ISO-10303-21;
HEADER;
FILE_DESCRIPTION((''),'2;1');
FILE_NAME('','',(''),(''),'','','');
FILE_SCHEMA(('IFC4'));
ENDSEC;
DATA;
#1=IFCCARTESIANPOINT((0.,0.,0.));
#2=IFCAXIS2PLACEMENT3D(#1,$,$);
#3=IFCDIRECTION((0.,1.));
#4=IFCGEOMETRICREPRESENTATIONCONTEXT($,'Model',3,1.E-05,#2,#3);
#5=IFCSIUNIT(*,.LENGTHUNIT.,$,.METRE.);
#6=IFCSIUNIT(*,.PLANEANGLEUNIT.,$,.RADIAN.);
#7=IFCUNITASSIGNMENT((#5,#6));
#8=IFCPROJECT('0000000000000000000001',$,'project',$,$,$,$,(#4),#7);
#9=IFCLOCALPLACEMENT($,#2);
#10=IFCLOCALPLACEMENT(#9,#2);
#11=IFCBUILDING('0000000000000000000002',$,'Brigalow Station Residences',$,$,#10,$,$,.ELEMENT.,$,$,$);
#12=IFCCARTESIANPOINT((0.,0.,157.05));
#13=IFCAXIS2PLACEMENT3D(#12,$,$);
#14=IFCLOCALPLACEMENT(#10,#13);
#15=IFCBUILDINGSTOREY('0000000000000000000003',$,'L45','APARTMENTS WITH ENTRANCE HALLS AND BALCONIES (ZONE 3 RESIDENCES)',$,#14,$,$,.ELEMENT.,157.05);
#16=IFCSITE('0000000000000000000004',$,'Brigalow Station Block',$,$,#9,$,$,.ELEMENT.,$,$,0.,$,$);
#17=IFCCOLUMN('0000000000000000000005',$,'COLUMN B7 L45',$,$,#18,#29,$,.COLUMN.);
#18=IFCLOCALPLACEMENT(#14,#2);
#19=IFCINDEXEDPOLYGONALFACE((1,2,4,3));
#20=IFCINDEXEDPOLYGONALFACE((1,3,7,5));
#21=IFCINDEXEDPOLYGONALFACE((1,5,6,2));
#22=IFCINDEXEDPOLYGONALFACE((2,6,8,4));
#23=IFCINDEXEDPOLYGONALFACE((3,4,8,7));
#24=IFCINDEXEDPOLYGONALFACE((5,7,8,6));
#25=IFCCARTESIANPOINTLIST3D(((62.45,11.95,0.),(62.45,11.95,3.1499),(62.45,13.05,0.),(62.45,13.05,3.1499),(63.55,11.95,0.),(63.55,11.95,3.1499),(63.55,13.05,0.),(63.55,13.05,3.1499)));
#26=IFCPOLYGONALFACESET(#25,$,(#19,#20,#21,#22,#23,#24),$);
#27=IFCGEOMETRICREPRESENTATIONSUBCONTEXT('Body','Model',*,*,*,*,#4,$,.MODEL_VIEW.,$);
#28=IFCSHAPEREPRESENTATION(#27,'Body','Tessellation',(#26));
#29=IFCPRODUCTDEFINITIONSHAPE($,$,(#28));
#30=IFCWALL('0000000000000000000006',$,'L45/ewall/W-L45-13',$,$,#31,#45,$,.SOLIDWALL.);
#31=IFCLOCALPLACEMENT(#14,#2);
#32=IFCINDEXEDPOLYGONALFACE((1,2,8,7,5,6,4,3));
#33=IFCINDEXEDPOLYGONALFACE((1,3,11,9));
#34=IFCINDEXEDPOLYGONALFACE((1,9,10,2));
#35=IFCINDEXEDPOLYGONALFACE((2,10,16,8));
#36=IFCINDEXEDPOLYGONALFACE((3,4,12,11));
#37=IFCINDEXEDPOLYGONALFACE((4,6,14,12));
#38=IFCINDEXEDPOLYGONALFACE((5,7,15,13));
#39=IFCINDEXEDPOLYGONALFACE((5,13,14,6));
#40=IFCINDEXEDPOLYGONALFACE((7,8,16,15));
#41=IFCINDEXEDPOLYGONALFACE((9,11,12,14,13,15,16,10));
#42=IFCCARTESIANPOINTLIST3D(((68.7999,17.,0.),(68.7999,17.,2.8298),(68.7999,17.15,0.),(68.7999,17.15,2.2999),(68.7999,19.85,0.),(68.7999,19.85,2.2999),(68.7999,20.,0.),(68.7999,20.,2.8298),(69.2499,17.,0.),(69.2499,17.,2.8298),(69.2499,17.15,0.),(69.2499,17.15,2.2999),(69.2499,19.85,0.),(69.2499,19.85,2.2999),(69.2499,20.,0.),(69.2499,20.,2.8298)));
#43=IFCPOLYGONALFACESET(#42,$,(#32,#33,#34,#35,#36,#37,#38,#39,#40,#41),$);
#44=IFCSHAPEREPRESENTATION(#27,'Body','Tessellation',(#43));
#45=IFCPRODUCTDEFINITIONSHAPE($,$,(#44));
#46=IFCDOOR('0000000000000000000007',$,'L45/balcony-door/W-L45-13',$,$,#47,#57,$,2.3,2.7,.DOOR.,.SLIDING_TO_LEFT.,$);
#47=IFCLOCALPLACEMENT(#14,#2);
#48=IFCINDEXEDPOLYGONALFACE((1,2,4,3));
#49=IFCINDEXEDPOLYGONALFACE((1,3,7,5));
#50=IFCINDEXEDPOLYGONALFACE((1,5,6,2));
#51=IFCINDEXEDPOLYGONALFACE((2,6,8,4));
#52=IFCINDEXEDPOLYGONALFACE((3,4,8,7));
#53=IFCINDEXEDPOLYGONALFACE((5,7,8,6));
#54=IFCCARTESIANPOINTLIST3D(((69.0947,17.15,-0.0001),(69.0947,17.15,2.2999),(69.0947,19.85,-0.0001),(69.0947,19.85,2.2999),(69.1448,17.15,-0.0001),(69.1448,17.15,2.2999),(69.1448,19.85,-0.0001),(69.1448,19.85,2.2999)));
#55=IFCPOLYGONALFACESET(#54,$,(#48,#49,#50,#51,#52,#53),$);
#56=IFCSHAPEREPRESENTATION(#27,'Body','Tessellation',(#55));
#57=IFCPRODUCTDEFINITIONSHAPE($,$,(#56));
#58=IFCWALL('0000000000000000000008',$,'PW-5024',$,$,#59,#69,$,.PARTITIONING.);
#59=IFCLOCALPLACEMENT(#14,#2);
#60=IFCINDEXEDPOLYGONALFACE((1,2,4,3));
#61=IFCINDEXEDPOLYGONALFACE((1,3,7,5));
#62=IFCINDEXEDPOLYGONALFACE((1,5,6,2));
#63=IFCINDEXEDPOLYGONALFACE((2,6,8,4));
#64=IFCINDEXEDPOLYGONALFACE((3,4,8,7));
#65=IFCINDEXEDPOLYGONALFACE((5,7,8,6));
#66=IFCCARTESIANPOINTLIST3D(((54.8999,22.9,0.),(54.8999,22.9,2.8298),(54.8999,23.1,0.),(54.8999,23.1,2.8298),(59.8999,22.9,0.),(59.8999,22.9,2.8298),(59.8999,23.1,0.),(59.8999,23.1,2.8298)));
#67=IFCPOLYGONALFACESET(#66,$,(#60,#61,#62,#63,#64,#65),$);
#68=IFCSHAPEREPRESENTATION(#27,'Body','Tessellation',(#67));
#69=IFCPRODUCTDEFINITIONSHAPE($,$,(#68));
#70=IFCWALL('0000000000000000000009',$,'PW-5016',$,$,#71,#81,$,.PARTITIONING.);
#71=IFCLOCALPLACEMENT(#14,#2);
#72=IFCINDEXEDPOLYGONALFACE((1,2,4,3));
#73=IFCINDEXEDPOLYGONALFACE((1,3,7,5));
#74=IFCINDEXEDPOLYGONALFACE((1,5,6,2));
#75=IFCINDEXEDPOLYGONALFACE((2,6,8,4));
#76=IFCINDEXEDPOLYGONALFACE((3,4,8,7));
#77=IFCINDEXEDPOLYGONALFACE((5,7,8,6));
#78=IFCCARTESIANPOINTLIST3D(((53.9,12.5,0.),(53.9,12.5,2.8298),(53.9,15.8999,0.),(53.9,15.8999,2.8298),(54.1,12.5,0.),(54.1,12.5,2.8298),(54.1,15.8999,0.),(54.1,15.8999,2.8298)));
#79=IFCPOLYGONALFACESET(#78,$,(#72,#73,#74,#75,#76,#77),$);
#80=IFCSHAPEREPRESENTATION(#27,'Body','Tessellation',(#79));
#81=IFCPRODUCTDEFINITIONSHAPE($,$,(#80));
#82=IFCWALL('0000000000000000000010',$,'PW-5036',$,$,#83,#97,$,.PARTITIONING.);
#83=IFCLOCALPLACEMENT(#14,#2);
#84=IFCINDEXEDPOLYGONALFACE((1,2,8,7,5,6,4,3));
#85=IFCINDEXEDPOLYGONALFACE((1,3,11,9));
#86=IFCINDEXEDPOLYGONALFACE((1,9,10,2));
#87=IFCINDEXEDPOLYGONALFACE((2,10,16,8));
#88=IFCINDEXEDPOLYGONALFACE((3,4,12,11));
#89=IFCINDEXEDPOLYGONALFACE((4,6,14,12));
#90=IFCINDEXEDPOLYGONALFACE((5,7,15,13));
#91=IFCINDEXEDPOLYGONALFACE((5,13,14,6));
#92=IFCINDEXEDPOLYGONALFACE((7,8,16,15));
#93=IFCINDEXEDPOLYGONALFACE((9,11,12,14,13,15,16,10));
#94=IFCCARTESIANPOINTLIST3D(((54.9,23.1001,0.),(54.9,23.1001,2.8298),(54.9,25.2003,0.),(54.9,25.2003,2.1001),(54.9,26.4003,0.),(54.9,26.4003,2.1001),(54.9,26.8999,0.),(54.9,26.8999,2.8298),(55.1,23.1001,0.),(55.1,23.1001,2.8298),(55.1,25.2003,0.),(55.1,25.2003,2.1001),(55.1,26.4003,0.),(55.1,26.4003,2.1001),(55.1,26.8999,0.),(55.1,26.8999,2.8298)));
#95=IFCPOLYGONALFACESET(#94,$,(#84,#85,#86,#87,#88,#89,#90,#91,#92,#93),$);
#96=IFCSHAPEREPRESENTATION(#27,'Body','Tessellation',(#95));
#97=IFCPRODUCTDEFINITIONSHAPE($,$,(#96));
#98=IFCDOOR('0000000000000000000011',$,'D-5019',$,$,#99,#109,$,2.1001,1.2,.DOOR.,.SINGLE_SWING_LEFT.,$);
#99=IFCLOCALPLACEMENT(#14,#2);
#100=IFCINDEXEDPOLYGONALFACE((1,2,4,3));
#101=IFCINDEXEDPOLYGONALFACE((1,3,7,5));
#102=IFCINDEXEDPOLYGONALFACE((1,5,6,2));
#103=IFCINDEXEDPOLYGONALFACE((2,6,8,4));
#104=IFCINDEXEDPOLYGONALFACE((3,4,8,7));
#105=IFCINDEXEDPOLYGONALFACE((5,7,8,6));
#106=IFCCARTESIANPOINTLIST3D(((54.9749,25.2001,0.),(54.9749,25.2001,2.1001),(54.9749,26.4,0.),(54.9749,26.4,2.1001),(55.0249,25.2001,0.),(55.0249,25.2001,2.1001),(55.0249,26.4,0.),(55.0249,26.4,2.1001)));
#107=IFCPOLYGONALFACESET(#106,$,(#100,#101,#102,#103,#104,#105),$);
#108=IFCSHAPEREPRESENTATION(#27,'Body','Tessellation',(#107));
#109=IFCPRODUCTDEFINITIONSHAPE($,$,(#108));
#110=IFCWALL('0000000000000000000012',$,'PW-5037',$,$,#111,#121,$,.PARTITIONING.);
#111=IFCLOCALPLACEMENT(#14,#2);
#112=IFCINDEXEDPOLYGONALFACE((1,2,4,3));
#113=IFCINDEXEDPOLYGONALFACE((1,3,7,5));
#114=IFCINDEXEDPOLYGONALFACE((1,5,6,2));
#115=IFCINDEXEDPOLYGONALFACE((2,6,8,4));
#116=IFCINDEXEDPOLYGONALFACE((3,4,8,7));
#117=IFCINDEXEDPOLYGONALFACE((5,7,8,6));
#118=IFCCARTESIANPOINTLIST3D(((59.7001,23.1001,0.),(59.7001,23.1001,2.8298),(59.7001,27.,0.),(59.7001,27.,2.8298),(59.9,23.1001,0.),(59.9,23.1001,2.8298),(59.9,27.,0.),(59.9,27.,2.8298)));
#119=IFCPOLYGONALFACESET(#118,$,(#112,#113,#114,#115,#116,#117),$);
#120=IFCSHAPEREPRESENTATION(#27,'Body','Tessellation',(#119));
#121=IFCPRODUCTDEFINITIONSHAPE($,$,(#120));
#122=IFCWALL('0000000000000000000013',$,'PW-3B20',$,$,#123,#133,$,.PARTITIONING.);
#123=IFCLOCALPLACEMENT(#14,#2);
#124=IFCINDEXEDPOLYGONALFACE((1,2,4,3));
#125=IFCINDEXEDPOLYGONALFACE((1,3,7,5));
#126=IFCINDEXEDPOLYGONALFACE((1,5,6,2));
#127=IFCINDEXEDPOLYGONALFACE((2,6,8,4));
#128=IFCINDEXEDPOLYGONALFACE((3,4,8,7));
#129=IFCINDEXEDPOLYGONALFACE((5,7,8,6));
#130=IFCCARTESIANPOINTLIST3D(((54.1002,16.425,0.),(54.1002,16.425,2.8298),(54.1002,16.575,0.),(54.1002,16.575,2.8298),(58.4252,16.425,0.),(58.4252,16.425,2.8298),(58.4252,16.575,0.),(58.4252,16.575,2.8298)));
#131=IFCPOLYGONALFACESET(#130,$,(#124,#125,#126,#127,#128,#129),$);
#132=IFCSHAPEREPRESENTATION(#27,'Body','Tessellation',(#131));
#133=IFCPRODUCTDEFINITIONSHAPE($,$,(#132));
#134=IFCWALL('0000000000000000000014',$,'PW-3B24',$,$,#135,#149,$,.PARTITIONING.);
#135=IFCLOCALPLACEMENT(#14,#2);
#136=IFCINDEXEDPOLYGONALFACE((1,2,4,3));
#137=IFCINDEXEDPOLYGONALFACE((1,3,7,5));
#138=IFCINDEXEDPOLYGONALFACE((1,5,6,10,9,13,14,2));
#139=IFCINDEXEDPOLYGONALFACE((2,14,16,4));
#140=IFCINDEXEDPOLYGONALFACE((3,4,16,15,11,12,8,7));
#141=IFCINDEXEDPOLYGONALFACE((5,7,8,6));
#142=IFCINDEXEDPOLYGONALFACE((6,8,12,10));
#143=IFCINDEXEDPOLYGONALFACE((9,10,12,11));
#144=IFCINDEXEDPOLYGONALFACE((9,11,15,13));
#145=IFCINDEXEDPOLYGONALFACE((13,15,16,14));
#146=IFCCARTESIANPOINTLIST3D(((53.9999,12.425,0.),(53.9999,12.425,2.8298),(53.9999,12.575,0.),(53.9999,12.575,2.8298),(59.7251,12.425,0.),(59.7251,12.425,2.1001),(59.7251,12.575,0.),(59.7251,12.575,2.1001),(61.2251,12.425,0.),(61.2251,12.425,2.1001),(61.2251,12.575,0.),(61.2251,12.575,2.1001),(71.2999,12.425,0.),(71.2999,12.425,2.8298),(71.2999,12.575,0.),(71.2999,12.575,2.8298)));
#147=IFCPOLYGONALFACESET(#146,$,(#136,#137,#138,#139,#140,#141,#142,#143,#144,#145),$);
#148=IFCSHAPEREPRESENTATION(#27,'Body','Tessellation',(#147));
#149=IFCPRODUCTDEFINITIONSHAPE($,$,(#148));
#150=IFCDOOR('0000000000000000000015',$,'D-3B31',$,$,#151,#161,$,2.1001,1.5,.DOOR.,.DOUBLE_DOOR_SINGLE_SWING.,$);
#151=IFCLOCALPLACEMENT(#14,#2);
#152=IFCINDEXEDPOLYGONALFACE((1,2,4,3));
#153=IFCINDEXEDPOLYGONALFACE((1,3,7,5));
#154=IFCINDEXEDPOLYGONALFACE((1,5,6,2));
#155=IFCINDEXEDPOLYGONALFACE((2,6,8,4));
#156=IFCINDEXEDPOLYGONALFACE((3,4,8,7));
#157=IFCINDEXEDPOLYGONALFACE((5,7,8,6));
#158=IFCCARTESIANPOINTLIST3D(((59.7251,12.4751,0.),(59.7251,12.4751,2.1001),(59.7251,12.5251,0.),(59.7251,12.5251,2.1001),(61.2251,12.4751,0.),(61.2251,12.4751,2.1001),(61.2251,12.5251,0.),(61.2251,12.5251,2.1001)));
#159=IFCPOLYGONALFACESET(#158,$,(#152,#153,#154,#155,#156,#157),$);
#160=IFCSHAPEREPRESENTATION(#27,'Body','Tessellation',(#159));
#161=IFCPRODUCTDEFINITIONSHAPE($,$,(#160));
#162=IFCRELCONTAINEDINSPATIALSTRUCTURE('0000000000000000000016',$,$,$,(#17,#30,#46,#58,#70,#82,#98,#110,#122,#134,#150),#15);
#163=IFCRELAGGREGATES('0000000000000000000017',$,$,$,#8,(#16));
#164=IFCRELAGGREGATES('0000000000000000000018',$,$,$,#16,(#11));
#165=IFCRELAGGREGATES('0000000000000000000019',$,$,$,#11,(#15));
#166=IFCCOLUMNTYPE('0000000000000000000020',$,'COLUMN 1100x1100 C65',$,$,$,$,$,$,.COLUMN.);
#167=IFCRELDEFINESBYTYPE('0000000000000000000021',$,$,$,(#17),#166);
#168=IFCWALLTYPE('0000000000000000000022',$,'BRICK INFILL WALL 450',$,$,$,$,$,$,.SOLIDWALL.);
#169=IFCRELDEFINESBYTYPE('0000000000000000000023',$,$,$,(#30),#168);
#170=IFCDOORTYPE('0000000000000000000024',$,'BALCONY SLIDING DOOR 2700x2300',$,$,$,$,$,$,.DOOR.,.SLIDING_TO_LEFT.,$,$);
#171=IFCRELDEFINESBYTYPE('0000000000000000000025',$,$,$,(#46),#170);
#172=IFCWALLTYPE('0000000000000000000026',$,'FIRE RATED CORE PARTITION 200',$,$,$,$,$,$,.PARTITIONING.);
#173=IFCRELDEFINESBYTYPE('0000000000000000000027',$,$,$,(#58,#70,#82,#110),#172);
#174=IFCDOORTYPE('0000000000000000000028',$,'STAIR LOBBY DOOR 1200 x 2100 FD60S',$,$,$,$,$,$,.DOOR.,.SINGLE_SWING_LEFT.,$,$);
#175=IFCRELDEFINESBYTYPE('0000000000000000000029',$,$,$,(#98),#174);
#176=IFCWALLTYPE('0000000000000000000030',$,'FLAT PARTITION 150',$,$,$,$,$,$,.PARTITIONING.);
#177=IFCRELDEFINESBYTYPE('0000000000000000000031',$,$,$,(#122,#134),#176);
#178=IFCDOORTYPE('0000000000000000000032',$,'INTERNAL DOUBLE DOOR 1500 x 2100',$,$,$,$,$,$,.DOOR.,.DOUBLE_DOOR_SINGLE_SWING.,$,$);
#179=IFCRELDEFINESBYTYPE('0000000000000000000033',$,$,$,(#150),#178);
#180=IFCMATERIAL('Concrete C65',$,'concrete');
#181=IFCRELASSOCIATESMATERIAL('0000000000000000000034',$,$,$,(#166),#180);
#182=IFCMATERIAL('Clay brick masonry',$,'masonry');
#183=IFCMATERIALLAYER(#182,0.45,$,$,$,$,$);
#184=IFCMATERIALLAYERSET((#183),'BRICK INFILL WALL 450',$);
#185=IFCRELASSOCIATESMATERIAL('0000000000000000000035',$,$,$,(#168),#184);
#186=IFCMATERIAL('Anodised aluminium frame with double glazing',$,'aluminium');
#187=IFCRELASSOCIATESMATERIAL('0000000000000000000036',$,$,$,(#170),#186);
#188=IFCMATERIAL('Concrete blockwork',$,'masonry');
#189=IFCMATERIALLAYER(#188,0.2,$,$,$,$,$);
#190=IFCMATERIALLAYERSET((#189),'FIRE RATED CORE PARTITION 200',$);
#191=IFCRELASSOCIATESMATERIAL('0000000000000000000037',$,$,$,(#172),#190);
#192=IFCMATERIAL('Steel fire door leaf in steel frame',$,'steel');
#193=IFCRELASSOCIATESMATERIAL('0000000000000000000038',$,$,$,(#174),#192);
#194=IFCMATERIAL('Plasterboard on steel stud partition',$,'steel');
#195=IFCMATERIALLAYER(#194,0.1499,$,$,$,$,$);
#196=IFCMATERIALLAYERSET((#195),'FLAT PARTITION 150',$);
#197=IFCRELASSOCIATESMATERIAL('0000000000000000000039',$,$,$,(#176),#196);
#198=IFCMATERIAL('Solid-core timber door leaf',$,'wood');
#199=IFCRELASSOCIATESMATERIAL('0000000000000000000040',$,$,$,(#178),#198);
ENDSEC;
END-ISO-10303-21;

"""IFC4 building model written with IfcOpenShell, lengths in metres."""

from ifc_helpers import new_model, si_unit, direction, frame, frame_2d, origin, origin_2d, place, context, subcontext, project, spatial, rectangle, extrude, material, layer, layer_set, material_profile, profile_set, type_object, element, fill, save


model = new_model("IFC4")

# Units and contexts
model_context = context("Model", 3, precision=1e-05, world=origin(), true_north=direction((0.0, 1.0)))
body_context = subcontext(model_context, "Body", "Model", "MODEL_VIEW")
ifc_project = project(units=[si_unit("LENGTHUNIT", "METRE"), si_unit("PLANEANGLEUNIT", "RADIAN")], contexts=[model_context])

# Site, building, storey
site_placement = place(None, origin())
site = spatial("IfcSite", under=ifc_project, at=site_placement, Name="Brigalow Station Block", CompositionType="ELEMENT", RefElevation=0.0)
building_placement = place(site_placement, origin())
building = spatial("IfcBuilding", under=site, at=building_placement, Name="Brigalow Station Residences", CompositionType="ELEMENT")
storey_placement = place(building_placement, frame((0.0, 0.0, 157.05)))
storey = spatial("IfcBuildingStorey", under=building, at=storey_placement, Name="L45", Description="APARTMENTS WITH ENTRANCE HALLS AND BALCONIES (ZONE 3 RESIDENCES)", CompositionType="ELEMENT", Elevation=157.05)

# Column
ifc_material_1 = material(Name="Concrete C65", Category="concrete")
ifc_material_profile = material_profile(ifc_material_1, rectangle(XDim=1.1001, YDim=1.1001, at=origin_2d()), Name="RC1100x1100")
ifc_profile_set = profile_set([ifc_material_profile], Name="Concrete C65")
column_type = type_object("IfcColumnType", Name="COLUMN 1100x1100 C65", PredefinedType="COLUMN", material=ifc_profile_set)
column_placement = place(storey_placement, frame((63.0, 12.5, 0.0), z_axis=(0.0, 0.0, 1.0), x_axis=(1.0, 0.0, 0.0)))
element("IfcColumn", 1, at=column_placement, inside=storey, type_object=column_type, Name="COLUMN B7 L45", PredefinedType="COLUMN", context=body_context, shape_type="SweptSolid", body=[
    extrude(rectangle(XDim=1.1001, YDim=1.1001, at=origin_2d()), origin(), (0.0, 0.0, 1.0), 3.1499),
])

# Wall, opening, door
ifc_material_2 = material(Name="Clay brick masonry", Category="masonry")
ifc_layer_1 = layer(ifc_material_2, 0.45)
ifc_layer_set_1 = layer_set([ifc_layer_1], Name="BRICK INFILL WALL 450")
wall_type_1 = type_object("IfcWallType", Name="BRICK INFILL WALL 450", PredefinedType="SOLIDWALL", material=ifc_layer_set_1)
wall_1_placement = place(storey_placement, frame((69.0249, 17.0, 0.0), z_axis=(0.0, 0.0, 1.0), x_axis=(0.0, 1.0, 0.0)))
wall_1 = element("IfcWall", 2, at=wall_1_placement, inside=storey, type_object=wall_type_1, Name="L45/ewall/W-L45-13", PredefinedType="SOLIDWALL", context=body_context, shape_type="SweptSolid", body=[
    extrude(rectangle(XDim=3.0, YDim=0.45, at=frame_2d((1.5, 0.0))), origin(), (0.0, 0.0, 1.0), 2.8298),
])
opening_1_placement = place(wall_1_placement, frame((0.1499, 0.0, 0.0)))
opening_1 = element("IfcOpeningElement", 3, at=opening_1_placement, cuts=wall_1, PredefinedType="OPENING", context=body_context, shape_type="SweptSolid", body=[
    extrude(rectangle(XDim=2.7, YDim=2.3, at=frame_2d((1.3501, 1.1499))), frame((0.0, 0.2349, 0.0), z_axis=(0.0, -1.0, 0.0), x_axis=(1.0, 0.0, 0.0)), (0.0, 0.0, 1.0), 0.47),
])
ifc_material_3 = material(Name="Anodised aluminium frame with double glazing", Category="aluminium")
door_type_1 = type_object("IfcDoorType", Name="BALCONY SLIDING DOOR 2700x2300", OperationType="SLIDING_TO_LEFT", PredefinedType="DOOR", material=ifc_material_3)
door_1_placement = place(opening_1_placement, origin())
door_1 = element("IfcDoor", 4, at=door_1_placement, inside=storey, type_object=door_type_1, Name="L45/balcony-door/W-L45-13", OperationType="SLIDING_TO_LEFT", OverallHeight=2.3, OverallWidth=2.7, PredefinedType="DOOR", context=body_context, shape_type="SweptSolid", body=[
    extrude(rectangle(XDim=2.7, YDim=2.3, at=frame_2d((1.3501, 1.1499))), frame((0.0, -0.0698, 0.0), z_axis=(0.0, -1.0, 0.0), x_axis=(1.0, 0.0, 0.0)), (0.0, 0.0, 1.0), 0.05),
])
fill(opening_1, door_1)

# Walls
ifc_material_4 = material(Name="Concrete blockwork", Category="masonry")
ifc_layer_2 = layer(ifc_material_4, 0.2)
ifc_layer_set_2 = layer_set([ifc_layer_2], Name="FIRE RATED CORE PARTITION 200")
wall_type_2 = type_object("IfcWallType", Name="FIRE RATED CORE PARTITION 200", PredefinedType="PARTITIONING", material=ifc_layer_set_2)
wall_2_placement = place(storey_placement, frame((54.8999, 23.0, 0.0), z_axis=(0.0, 0.0, 1.0), x_axis=(1.0, 0.0, 0.0)))
element("IfcWall", 5, at=wall_2_placement, inside=storey, type_object=wall_type_2, Name="PW-5024", PredefinedType="PARTITIONING", context=body_context, shape_type="SweptSolid", body=[
    extrude(rectangle(XDim=5.0, YDim=0.2, at=frame_2d((2.5, 0.0))), origin(), (0.0, 0.0, 1.0), 2.8298),
])
wall_3_placement = place(storey_placement, frame((54.0, 12.5, 0.0), z_axis=(0.0, 0.0, 1.0), x_axis=(0.0, 1.0, 0.0)))
element("IfcWall", 6, at=wall_3_placement, inside=storey, type_object=wall_type_2, Name="PW-5016", PredefinedType="PARTITIONING", context=body_context, shape_type="SweptSolid", body=[
    extrude(rectangle(XDim=3.3999, YDim=0.2, at=frame_2d((1.7, 0.0))), origin(), (0.0, 0.0, 1.0), 2.8298),
])

# Wall, opening, door
wall_4_placement = place(storey_placement, frame((55.0, 23.1001, 0.0), z_axis=(0.0, 0.0, 1.0), x_axis=(0.0, 1.0, 0.0)))
wall_4 = element("IfcWall", 7, at=wall_4_placement, inside=storey, type_object=wall_type_2, Name="PW-5036", PredefinedType="PARTITIONING", context=body_context, shape_type="SweptSolid", body=[
    extrude(rectangle(XDim=3.7998, YDim=0.2, at=frame_2d((1.8999, 0.0))), origin(), (0.0, 0.0, 1.0), 2.8298),
])
opening_2_placement = place(wall_4_placement, frame((2.1001, 0.0, 0.0)))
opening_2 = element("IfcOpeningElement", 8, at=opening_2_placement, cuts=wall_4, PredefinedType="OPENING", context=body_context, shape_type="SweptSolid", body=[
    extrude(rectangle(XDim=1.2, YDim=2.1001, at=frame_2d((0.6001, 1.05))), frame((0.0, 0.1099, 0.0), z_axis=(0.0, -1.0, 0.0), x_axis=(1.0, 0.0, 0.0)), (0.0, 0.0, 1.0), 0.22),
])
ifc_material_5 = material(Name="Steel fire door leaf in steel frame", Category="steel")
door_type_2 = type_object("IfcDoorType", Name="STAIR LOBBY DOOR 1200 x 2100 FD60S", OperationType="SINGLE_SWING_LEFT", PredefinedType="DOOR", material=ifc_material_5)
door_2_placement = place(opening_2_placement, frame((1.2, 0.0, 0.0), z_axis=(0.0, 0.0, 1.0), x_axis=(-1.0, 0.0, 0.0)))
door_2 = element("IfcDoor", 9, at=door_2_placement, inside=storey, type_object=door_type_2, Name="D-5019", OperationType="SINGLE_SWING_LEFT", OverallHeight=2.1001, OverallWidth=1.2, PredefinedType="DOOR", context=body_context, shape_type="SweptSolid", body=[
    extrude(rectangle(XDim=1.2, YDim=2.1001, at=frame_2d((0.6001, 1.05))), frame((0.0, 0.0249, 0.0), z_axis=(0.0, -1.0, 0.0), x_axis=(1.0, 0.0, 0.0)), (0.0, 0.0, 1.0), 0.05),
])
fill(opening_2, door_2)

# Walls
wall_5_placement = place(storey_placement, frame((59.8, 23.1001, 0.0), z_axis=(0.0, 0.0, 1.0), x_axis=(0.0, 1.0, 0.0)))
element("IfcWall", 10, at=wall_5_placement, inside=storey, type_object=wall_type_2, Name="PW-5037", PredefinedType="PARTITIONING", context=body_context, shape_type="SweptSolid", body=[
    extrude(rectangle(XDim=3.8999, YDim=0.2, at=frame_2d((1.95, 0.0))), origin(), (0.0, 0.0, 1.0), 2.8298),
])
ifc_material_6 = material(Name="Plasterboard on steel stud partition", Category="steel")
ifc_layer_3 = layer(ifc_material_6, 0.1499)
ifc_layer_set_3 = layer_set([ifc_layer_3], Name="FLAT PARTITION 150")
wall_type_3 = type_object("IfcWallType", Name="FLAT PARTITION 150", PredefinedType="PARTITIONING", material=ifc_layer_set_3)
wall_6_placement = place(storey_placement, frame((54.1001, 16.5, 0.0), z_axis=(0.0, 0.0, 1.0), x_axis=(1.0, 0.0, 0.0)))
element("IfcWall", 11, at=wall_6_placement, inside=storey, type_object=wall_type_3, Name="PW-3B20", PredefinedType="PARTITIONING", context=body_context, shape_type="SweptSolid", body=[
    extrude(rectangle(XDim=4.325, YDim=0.1499, at=frame_2d((2.1626, 0.0))), origin(), (0.0, 0.0, 1.0), 2.8298),
])

# Wall, opening, door
wall_7_placement = place(storey_placement, frame((54.0, 12.5, 0.0), z_axis=(0.0, 0.0, 1.0), x_axis=(1.0, 0.0, 0.0)))
wall_7 = element("IfcWall", 12, at=wall_7_placement, inside=storey, type_object=wall_type_3, Name="PW-3B24", PredefinedType="PARTITIONING", context=body_context, shape_type="SweptSolid", body=[
    extrude(rectangle(XDim=17.3, YDim=0.1499, at=frame_2d((8.6499, 0.0))), origin(), (0.0, 0.0, 1.0), 2.8298),
])
opening_3_placement = place(wall_7_placement, frame((5.7251, 0.0, 0.0)))
opening_3 = element("IfcOpeningElement", 13, at=opening_3_placement, cuts=wall_7, PredefinedType="OPENING", context=body_context, shape_type="SweptSolid", body=[
    extrude(rectangle(XDim=1.5, YDim=2.1001, at=frame_2d((0.75, 1.05))), frame((0.0, 0.085, 0.0), z_axis=(0.0, -1.0, 0.0), x_axis=(1.0, 0.0, 0.0)), (0.0, 0.0, 1.0), 0.1699),
])
ifc_material_7 = material(Name="Solid-core timber door leaf", Category="wood")
door_type_3 = type_object("IfcDoorType", Name="INTERNAL DOUBLE DOOR 1500 x 2100", OperationType="DOUBLE_DOOR_SINGLE_SWING", PredefinedType="DOOR", material=ifc_material_7)
door_3_placement = place(opening_3_placement, frame((1.5, 0.0, 0.0), z_axis=(0.0, 0.0, 1.0), x_axis=(-1.0, 0.0, 0.0)))
door_3 = element("IfcDoor", 14, at=door_3_placement, inside=storey, type_object=door_type_3, Name="D-3B31", OperationType="DOUBLE_DOOR_SINGLE_SWING", OverallHeight=2.1001, OverallWidth=1.5, PredefinedType="DOOR", context=body_context, shape_type="SweptSolid", body=[
    extrude(rectangle(XDim=1.5, YDim=2.1001, at=frame_2d((0.75, 1.05))), frame((0.0, 0.0249, 0.0), z_axis=(0.0, -1.0, 0.0), x_axis=(1.0, 0.0, 0.0)), (0.0, 0.0, 1.0), 0.05),
])
fill(opening_3, door_3)

save(model, "model.ifc")
